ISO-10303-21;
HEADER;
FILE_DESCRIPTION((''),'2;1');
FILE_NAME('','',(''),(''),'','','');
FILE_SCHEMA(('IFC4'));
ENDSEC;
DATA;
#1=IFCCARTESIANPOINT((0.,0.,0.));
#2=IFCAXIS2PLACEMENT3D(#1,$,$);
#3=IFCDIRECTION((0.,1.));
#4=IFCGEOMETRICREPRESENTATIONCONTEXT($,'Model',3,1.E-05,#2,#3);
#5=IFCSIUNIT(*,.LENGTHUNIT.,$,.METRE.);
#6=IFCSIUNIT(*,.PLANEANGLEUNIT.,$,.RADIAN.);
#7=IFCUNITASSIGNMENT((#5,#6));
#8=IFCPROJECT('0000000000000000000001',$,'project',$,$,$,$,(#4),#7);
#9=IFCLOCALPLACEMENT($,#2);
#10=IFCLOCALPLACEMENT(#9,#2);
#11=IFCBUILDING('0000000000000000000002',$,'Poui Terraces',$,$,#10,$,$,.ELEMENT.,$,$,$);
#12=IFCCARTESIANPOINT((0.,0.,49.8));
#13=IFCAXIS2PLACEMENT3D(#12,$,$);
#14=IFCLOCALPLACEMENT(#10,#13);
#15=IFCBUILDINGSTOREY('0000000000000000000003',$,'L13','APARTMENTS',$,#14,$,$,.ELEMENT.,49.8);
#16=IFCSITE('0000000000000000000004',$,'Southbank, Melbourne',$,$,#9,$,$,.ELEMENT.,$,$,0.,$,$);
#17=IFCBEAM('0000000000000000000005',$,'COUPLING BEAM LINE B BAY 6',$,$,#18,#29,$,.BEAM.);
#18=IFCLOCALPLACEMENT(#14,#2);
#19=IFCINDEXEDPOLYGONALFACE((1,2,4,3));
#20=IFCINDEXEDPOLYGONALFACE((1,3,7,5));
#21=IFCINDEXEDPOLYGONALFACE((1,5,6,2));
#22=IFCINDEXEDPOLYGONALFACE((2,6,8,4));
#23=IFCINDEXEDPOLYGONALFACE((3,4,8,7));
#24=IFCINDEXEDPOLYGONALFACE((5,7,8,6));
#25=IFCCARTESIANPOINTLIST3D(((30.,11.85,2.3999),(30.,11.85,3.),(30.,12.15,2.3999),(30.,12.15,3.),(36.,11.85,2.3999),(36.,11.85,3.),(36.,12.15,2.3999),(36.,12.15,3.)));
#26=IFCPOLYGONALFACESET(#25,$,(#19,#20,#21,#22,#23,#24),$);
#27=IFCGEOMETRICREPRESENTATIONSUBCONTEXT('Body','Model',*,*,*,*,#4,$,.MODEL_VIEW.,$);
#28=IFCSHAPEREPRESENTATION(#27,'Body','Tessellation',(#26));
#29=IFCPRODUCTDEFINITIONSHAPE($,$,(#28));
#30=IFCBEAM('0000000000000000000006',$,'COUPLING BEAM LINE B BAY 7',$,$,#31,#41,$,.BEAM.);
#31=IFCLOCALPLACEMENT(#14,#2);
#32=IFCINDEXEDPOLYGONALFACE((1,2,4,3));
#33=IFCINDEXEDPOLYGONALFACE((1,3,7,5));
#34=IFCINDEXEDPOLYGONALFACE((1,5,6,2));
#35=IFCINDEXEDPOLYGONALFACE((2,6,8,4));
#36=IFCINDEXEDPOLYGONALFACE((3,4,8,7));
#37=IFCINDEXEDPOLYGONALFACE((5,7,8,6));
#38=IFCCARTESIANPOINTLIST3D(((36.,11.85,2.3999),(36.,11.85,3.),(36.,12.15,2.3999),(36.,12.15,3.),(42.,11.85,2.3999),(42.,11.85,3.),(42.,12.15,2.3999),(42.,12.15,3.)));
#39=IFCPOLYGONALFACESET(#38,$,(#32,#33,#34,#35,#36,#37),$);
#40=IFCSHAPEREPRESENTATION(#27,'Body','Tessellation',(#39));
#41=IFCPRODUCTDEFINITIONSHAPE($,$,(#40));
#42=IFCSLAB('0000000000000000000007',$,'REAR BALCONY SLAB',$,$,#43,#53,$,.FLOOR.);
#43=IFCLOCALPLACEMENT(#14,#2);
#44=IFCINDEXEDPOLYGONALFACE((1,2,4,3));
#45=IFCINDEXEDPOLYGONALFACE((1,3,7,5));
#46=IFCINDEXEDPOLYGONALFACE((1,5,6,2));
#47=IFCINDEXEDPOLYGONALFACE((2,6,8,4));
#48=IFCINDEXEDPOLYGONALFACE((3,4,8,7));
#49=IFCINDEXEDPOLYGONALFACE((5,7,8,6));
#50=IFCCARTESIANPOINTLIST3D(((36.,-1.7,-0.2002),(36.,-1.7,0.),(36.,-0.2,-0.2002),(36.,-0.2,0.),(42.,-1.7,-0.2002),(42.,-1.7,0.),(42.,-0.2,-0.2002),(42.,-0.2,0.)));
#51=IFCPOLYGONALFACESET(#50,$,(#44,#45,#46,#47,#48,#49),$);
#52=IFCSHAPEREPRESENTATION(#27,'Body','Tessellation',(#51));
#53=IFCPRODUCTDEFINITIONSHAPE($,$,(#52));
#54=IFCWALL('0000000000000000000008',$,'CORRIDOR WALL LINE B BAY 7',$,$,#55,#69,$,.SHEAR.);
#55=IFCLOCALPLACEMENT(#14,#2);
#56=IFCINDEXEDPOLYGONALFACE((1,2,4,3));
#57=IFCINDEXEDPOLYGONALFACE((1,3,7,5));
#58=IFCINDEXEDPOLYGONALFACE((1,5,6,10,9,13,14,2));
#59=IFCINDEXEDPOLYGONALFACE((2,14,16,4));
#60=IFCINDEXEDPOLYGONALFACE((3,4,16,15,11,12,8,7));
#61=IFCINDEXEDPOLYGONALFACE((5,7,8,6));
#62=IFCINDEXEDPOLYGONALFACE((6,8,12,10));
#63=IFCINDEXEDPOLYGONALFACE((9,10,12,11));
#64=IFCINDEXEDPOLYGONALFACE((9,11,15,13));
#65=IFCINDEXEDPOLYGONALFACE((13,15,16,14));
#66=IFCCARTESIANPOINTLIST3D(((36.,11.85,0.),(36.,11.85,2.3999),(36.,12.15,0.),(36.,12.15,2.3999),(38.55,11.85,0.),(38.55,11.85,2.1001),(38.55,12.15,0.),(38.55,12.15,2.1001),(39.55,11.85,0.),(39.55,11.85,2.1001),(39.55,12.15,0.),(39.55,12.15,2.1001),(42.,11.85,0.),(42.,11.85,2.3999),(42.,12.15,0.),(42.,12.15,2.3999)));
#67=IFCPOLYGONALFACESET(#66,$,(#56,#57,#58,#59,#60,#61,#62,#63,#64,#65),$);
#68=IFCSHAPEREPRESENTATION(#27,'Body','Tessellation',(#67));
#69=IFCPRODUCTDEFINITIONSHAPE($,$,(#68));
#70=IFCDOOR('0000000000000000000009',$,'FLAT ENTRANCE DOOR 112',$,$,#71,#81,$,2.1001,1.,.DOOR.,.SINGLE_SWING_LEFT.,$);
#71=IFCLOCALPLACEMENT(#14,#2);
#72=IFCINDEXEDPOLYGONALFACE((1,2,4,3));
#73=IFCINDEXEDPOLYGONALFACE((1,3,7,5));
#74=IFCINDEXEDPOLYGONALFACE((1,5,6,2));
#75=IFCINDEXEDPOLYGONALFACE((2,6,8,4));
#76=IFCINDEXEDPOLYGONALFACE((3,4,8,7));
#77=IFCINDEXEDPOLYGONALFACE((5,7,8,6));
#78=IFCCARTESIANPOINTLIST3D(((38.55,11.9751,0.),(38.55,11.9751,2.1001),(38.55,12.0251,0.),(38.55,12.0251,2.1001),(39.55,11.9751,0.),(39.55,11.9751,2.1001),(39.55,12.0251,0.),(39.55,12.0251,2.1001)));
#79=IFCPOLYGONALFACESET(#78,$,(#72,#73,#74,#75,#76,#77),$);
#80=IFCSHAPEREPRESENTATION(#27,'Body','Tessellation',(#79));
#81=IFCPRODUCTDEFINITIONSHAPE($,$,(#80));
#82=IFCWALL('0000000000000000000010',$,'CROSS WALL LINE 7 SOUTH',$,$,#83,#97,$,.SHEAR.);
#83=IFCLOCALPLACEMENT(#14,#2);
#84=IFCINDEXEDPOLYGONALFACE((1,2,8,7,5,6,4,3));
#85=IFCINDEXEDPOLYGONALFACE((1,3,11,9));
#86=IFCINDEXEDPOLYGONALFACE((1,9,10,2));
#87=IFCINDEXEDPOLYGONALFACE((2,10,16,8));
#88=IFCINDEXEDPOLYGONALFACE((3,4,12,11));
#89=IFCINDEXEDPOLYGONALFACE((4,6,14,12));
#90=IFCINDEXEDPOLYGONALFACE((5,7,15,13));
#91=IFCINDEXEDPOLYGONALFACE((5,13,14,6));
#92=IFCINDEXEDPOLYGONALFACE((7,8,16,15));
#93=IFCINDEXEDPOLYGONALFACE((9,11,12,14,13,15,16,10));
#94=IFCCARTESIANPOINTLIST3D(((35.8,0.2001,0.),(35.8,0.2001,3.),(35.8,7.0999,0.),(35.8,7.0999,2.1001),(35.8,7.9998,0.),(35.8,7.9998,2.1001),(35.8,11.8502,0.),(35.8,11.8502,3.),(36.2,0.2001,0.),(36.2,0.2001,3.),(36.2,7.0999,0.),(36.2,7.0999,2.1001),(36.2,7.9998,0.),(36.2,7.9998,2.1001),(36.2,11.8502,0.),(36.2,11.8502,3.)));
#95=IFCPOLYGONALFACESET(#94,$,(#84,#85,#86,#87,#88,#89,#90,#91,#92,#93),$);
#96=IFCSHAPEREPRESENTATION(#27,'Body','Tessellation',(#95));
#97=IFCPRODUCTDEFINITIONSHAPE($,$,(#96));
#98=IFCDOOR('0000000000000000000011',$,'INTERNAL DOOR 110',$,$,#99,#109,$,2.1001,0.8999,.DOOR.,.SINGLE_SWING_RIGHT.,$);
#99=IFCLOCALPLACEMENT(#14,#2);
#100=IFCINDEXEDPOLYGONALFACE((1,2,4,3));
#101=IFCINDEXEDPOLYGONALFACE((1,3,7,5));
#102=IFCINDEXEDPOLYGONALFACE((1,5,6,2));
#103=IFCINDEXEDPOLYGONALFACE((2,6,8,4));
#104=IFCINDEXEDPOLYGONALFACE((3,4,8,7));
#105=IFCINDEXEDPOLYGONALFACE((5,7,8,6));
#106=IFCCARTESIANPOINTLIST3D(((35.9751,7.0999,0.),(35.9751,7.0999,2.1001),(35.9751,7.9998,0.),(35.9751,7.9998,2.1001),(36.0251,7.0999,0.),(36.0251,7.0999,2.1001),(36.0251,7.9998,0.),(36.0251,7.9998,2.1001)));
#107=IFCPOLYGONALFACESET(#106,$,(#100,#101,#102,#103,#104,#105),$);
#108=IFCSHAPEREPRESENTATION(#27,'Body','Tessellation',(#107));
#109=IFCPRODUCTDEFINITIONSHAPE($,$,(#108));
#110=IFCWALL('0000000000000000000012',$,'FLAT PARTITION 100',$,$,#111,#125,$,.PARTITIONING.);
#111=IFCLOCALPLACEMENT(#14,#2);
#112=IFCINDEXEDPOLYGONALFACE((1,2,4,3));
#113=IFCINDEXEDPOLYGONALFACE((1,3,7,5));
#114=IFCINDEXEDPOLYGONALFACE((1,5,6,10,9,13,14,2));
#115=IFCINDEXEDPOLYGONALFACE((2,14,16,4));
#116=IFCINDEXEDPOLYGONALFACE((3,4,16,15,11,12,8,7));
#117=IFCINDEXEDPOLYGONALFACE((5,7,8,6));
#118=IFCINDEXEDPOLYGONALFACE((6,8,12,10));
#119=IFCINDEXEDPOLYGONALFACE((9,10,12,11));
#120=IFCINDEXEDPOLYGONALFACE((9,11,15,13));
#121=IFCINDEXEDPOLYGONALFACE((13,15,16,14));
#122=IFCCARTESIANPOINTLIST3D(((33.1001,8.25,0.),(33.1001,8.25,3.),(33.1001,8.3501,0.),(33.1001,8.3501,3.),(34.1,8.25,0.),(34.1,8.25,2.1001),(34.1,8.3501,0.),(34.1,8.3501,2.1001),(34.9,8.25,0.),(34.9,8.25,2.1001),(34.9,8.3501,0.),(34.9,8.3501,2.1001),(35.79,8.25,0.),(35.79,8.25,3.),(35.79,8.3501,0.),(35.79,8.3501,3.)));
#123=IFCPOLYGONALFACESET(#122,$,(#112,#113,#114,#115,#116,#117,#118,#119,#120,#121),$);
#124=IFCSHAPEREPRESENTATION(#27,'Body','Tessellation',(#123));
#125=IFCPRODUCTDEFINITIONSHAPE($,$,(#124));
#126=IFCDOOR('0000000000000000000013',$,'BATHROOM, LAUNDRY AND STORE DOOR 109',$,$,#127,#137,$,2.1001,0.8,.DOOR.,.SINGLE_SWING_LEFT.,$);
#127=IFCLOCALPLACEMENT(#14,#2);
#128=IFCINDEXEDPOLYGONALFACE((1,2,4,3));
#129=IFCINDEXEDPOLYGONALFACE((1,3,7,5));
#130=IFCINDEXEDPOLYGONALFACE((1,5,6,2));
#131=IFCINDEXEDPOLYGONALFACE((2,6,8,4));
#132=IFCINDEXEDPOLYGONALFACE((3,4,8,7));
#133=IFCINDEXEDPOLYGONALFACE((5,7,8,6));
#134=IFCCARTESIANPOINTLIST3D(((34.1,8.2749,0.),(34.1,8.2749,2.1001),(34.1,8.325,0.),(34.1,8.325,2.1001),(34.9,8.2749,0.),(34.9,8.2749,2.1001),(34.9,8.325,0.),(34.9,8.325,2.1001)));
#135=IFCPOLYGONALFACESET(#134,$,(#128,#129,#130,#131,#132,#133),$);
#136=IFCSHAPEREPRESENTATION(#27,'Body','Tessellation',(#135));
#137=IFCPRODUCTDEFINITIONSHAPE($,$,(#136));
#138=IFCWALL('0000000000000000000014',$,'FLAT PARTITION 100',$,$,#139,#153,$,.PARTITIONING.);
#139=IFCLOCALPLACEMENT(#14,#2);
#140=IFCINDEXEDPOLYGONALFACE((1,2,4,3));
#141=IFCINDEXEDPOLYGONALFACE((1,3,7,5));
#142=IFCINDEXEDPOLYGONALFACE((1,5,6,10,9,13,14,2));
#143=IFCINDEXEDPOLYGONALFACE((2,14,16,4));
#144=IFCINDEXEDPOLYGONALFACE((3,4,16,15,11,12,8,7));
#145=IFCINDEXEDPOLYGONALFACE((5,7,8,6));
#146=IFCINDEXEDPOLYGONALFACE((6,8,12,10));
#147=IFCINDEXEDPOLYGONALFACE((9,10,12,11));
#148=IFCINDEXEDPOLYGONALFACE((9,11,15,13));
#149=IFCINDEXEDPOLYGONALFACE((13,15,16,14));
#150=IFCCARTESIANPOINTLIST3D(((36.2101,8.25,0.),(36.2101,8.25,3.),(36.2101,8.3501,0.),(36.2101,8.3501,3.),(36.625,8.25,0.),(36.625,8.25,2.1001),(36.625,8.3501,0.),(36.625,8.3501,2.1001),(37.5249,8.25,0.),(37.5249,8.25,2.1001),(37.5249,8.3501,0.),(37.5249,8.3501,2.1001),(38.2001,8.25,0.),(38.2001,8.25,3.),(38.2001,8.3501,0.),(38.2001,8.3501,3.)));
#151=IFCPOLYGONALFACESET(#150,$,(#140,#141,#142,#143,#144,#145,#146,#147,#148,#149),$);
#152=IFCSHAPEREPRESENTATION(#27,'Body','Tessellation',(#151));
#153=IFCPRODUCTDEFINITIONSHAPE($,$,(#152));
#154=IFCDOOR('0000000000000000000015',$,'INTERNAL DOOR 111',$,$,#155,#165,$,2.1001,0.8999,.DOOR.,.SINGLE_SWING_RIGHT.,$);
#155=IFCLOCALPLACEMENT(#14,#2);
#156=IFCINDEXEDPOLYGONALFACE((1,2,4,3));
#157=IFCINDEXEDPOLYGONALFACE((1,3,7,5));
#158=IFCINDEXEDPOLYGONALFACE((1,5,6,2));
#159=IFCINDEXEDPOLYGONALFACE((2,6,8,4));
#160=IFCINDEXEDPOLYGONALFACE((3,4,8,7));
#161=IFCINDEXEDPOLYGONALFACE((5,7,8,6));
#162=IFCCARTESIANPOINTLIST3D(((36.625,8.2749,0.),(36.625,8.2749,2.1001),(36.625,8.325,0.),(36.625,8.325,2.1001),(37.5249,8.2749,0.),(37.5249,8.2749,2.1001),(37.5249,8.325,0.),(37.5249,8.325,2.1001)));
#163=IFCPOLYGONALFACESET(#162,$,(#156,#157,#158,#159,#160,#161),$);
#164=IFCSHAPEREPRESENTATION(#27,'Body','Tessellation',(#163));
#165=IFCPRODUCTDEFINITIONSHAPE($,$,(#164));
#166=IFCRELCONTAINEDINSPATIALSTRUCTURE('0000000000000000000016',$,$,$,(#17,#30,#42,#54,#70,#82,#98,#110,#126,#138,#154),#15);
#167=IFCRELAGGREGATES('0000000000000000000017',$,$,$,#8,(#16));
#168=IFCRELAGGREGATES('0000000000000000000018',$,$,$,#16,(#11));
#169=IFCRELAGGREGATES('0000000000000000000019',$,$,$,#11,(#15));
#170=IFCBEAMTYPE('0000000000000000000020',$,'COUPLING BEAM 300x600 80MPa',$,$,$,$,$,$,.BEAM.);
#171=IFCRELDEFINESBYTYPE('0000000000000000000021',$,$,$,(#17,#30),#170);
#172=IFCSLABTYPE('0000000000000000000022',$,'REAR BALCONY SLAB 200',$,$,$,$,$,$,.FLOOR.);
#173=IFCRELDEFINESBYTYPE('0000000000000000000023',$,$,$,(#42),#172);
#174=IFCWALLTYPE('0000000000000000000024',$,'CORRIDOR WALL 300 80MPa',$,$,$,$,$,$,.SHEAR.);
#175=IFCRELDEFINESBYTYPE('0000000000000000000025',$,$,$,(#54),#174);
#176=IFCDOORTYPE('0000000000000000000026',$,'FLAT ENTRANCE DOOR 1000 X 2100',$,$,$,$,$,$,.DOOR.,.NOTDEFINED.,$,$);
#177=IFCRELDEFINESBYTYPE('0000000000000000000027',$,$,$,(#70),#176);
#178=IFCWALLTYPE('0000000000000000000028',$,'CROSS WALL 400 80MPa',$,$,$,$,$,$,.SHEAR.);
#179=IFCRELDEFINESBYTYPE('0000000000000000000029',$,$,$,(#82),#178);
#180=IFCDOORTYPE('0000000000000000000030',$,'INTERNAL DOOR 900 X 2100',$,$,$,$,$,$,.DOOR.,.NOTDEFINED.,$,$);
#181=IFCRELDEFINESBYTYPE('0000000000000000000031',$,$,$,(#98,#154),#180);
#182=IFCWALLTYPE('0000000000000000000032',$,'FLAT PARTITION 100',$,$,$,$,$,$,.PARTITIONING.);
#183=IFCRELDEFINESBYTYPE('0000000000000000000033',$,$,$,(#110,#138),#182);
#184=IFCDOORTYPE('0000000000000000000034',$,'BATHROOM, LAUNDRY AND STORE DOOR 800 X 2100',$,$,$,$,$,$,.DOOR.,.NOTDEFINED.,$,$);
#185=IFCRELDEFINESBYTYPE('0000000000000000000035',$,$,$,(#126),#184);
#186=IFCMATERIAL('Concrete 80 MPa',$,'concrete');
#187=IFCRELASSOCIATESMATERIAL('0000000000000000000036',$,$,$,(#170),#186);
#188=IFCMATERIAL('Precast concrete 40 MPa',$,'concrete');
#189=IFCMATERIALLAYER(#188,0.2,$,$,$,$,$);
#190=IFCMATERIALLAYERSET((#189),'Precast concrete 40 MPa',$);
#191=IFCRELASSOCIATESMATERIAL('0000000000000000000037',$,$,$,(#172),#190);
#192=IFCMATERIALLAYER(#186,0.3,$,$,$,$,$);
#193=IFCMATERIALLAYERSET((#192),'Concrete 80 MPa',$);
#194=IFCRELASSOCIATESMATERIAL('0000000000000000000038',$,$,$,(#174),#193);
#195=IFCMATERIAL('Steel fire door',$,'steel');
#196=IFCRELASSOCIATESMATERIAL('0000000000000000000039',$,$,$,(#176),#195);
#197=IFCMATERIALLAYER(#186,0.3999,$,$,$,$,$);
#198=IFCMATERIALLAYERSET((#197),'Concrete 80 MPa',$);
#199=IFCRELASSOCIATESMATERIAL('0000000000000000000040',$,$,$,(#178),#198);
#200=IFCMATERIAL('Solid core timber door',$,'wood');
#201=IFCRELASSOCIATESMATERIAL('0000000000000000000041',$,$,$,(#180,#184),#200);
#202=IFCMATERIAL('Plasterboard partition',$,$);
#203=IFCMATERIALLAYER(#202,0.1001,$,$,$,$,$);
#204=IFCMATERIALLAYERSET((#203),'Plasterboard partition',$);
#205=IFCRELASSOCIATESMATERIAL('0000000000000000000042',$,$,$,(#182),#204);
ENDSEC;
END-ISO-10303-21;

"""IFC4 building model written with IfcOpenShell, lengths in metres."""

from ifc_helpers import new_model, si_unit, direction, frame, frame_2d, origin, origin_2d, place, context, subcontext, project, spatial, polyline, rectangle, outline, extrude, source, transform, mapped, material, layer, layer_set, material_profile, profile_set, type_object, element, fill, save


model = new_model("IFC4")

# Units and contexts
model_context = context("Model", 3, precision=1e-05, world=origin(), true_north=direction((0.0, 1.0)))
body_context = subcontext(model_context, "Body", "Model", "MODEL_VIEW")
ifc_project = project(units=[si_unit("LENGTHUNIT", "METRE"), si_unit("PLANEANGLEUNIT", "RADIAN")], contexts=[model_context])

# Site, building, storey
site_placement = place(None, origin())
site = spatial("IfcSite", under=ifc_project, at=site_placement, Name="Southbank, Melbourne", CompositionType="ELEMENT", RefElevation=0.0)
building_placement = place(site_placement, origin())
building = spatial("IfcBuilding", under=site, at=building_placement, Name="Poui Terraces", CompositionType="ELEMENT")
storey_placement = place(building_placement, frame((0.0, 0.0, 49.8)))
storey = spatial("IfcBuildingStorey", under=building, at=storey_placement, Name="L13", Description="APARTMENTS", CompositionType="ELEMENT", Elevation=49.8)

# Beams
ifc_material_1 = material(Name="Concrete 80 MPa", Category="concrete")
ifc_material_profile = material_profile(ifc_material_1, rectangle(XDim=0.3, YDim=0.6001, at=origin_2d()), Name="RC 300x600")
ifc_profile_set = profile_set([ifc_material_profile], Name="Concrete 80 MPa")
beam_type = type_object("IfcBeamType", Name="COUPLING BEAM 300x600 80MPa", PredefinedType="BEAM", material=ifc_profile_set)
shared_shape_1 = source(origin(), body_context, "Body", "SweptSolid", [
    extrude(rectangle(XDim=0.3, YDim=0.6001, at=origin_2d()), origin(), (0.0, 0.0, 1.0), 6.0),
])
for number, where, z_axis, x_axis, name in (
    (1, (30.0, 12.0, 2.7), (1.0, 0.0, 0.0), (0.0, 1.0, 0.0), "COUPLING BEAM LINE B BAY 6"),
    (2, (36.0, 12.0, 2.7), (1.0, 0.0, 0.0), (0.0, 1.0, 0.0), "COUPLING BEAM LINE B BAY 7"),
):
    element("IfcBeam", number, at=place(storey_placement, frame(where, z_axis=z_axis, x_axis=x_axis)), inside=storey, type_object=beam_type, Name=name, PredefinedType="BEAM", context=body_context, shape_type="MappedRepresentation", body=[
        mapped(shared_shape_1, transform((0.0, 0.0, 0.0))),
    ])

# Slab
ifc_material_2 = material(Name="Precast concrete 40 MPa", Category="concrete")
ifc_layer_1 = layer(ifc_material_2, 0.2)
ifc_layer_set_1 = layer_set([ifc_layer_1], Name="Precast concrete 40 MPa")
slab_type = type_object("IfcSlabType", Name="REAR BALCONY SLAB 200", PredefinedType="FLOOR", material=ifc_layer_set_1)
shared_shape_2 = source(origin(), body_context, "Body", "SweptSolid", [
    extrude(outline(polyline([(0.0, 0.0), (6.0, 0.0), (6.0, 1.5), (0.0, 1.5), (0.0, 0.0)])), origin(), (0.0, 0.0, 1.0), 0.2002),
])
slab_placement = place(storey_placement, frame((36.0, -1.7, -0.2002)))
element("IfcSlab", 3, at=slab_placement, inside=storey, type_object=slab_type, Name="REAR BALCONY SLAB", PredefinedType="FLOOR", context=body_context, shape_type="MappedRepresentation", body=[
    mapped(shared_shape_2, transform((0.0, 0.0, 0.0))),
])

# Walls, openings, doors
ifc_layer_2 = layer(ifc_material_1, 0.3)
ifc_layer_set_2 = layer_set([ifc_layer_2], Name="Concrete 80 MPa")
wall_type_1 = type_object("IfcWallType", Name="CORRIDOR WALL 300 80MPa", PredefinedType="SHEAR", material=ifc_layer_set_2)
wall_1_placement = place(storey_placement, frame((36.0, 12.0, 0.0), z_axis=(0.0, 0.0, 1.0), x_axis=(1.0, 0.0, 0.0)))
wall_1 = element("IfcWall", 4, at=wall_1_placement, inside=storey, type_object=wall_type_1, Name="CORRIDOR WALL LINE B BAY 7", PredefinedType="SHEAR", context=body_context, shape_type="SweptSolid", body=[
    extrude(rectangle(XDim=6.0, YDim=0.3, at=frame_2d((3.0, 0.0))), origin(), (0.0, 0.0, 1.0), 2.3999),
])
opening_1_placement = place(wall_1_placement, frame((2.55, 0.0, 0.0)))
opening_1 = element("IfcOpeningElement", 5, at=opening_1_placement, cuts=wall_1, PredefinedType="OPENING", context=body_context, shape_type="SweptSolid", body=[
    extrude(rectangle(XDim=1.0, YDim=2.1001, at=frame_2d((0.5, 1.05))), frame((0.0, 0.1602, 0.0), z_axis=(0.0, -1.0, 0.0), x_axis=(1.0, 0.0, 0.0)), (0.0, 0.0, 1.0), 0.3201),
])
ifc_material_3 = material(Name="Steel fire door", Category="steel")
door_type_1 = type_object("IfcDoorType", Name="FLAT ENTRANCE DOOR 1000 X 2100", OperationType="NOTDEFINED", PredefinedType="DOOR", material=ifc_material_3)
door_1_placement = place(opening_1_placement, frame((1.0, 0.0, 0.0), z_axis=(0.0, 0.0, 1.0), x_axis=(-1.0, 0.0, 0.0)))
door_1 = element("IfcDoor", 6, at=door_1_placement, inside=storey, type_object=door_type_1, Name="FLAT ENTRANCE DOOR 112", OperationType="SINGLE_SWING_LEFT", OverallHeight=2.1001, OverallWidth=1.0, PredefinedType="DOOR", context=body_context, shape_type="SweptSolid", body=[
    extrude(rectangle(XDim=1.0, YDim=2.1001, at=frame_2d((0.5, 1.05))), frame((0.0, 0.0249, 0.0), z_axis=(0.0, -1.0, 0.0), x_axis=(1.0, 0.0, 0.0)), (0.0, 0.0, 1.0), 0.05),
])
fill(opening_1, door_1)
ifc_layer_3 = layer(ifc_material_1, 0.3999)
ifc_layer_set_3 = layer_set([ifc_layer_3], Name="Concrete 80 MPa")
wall_type_2 = type_object("IfcWallType", Name="CROSS WALL 400 80MPa", PredefinedType="SHEAR", material=ifc_layer_set_3)
wall_2_placement = place(storey_placement, frame((36.0, 0.2, 0.0), z_axis=(0.0, 0.0, 1.0), x_axis=(0.0, 1.0, 0.0)))
wall_2 = element("IfcWall", 7, at=wall_2_placement, inside=storey, type_object=wall_type_2, Name="CROSS WALL LINE 7 SOUTH", PredefinedType="SHEAR", context=body_context, shape_type="SweptSolid", body=[
    extrude(rectangle(XDim=11.6501, YDim=0.3999, at=frame_2d((5.8252, 0.0))), origin(), (0.0, 0.0, 1.0), 3.0),
])
opening_2_placement = place(wall_2_placement, frame((6.8999, 0.0, 0.0)))
opening_2 = element("IfcOpeningElement", 8, at=opening_2_placement, cuts=wall_2, PredefinedType="OPENING", context=body_context, shape_type="SweptSolid", body=[
    extrude(rectangle(XDim=0.8999, YDim=2.1001, at=frame_2d((0.45, 1.05))), frame((0.0, 0.21, 0.0), z_axis=(0.0, -1.0, 0.0), x_axis=(1.0, 0.0, 0.0)), (0.0, 0.0, 1.0), 0.4199),
])
ifc_material_4 = material(Name="Solid core timber door", Category="wood")
door_type_2 = type_object("IfcDoorType", Name="INTERNAL DOOR 900 X 2100", OperationType="NOTDEFINED", PredefinedType="DOOR", material=ifc_material_4)
door_2_placement = place(opening_2_placement, origin())
door_2 = element("IfcDoor", 9, at=door_2_placement, inside=storey, type_object=door_type_2, Name="INTERNAL DOOR 110", OperationType="SINGLE_SWING_RIGHT", OverallHeight=2.1001, OverallWidth=0.8999, PredefinedType="DOOR", context=body_context, shape_type="SweptSolid", body=[
    extrude(rectangle(XDim=0.8999, YDim=2.1001, at=frame_2d((0.45, 1.05))), frame((0.0, 0.0249, 0.0), z_axis=(0.0, -1.0, 0.0), x_axis=(1.0, 0.0, 0.0)), (0.0, 0.0, 1.0), 0.05),
])
fill(opening_2, door_2)
ifc_material_5 = material(Name="Plasterboard partition")
ifc_layer_4 = layer(ifc_material_5, 0.1001)
ifc_layer_set_4 = layer_set([ifc_layer_4], Name="Plasterboard partition")
wall_type_3 = type_object("IfcWallType", Name="FLAT PARTITION 100", PredefinedType="PARTITIONING", material=ifc_layer_set_4)
wall_3_placement = place(storey_placement, frame((33.1001, 8.3, 0.0), z_axis=(0.0, 0.0, 1.0), x_axis=(1.0, 0.0, 0.0)))
wall_3 = element("IfcWall", 10, at=wall_3_placement, inside=storey, type_object=wall_type_3, Name="FLAT PARTITION 100", PredefinedType="PARTITIONING", context=body_context, shape_type="SweptSolid", body=[
    extrude(rectangle(XDim=2.6899, YDim=0.1001, at=frame_2d((1.345, 0.0))), origin(), (0.0, 0.0, 1.0), 3.0),
])
opening_3_placement = place(wall_3_placement, frame((1.0, 0.0, 0.0)))
opening_3 = element("IfcOpeningElement", 11, at=opening_3_placement, cuts=wall_3, PredefinedType="OPENING", context=body_context, shape_type="SweptSolid", body=[
    extrude(rectangle(XDim=0.8, YDim=2.1001, at=frame_2d((0.3999, 1.05))), frame((0.0, 0.0601, 0.0), z_axis=(0.0, -1.0, 0.0), x_axis=(1.0, 0.0, 0.0)), (0.0, 0.0, 1.0), 0.1201),
])
door_type_3 = type_object("IfcDoorType", Name="BATHROOM, LAUNDRY AND STORE DOOR 800 X 2100", OperationType="NOTDEFINED", PredefinedType="DOOR", material=ifc_material_4)
door_3_placement = place(opening_3_placement, origin())
door_3 = element("IfcDoor", 12, at=door_3_placement, inside=storey, type_object=door_type_3, Name="BATHROOM, LAUNDRY AND STORE DOOR 109", OperationType="SINGLE_SWING_LEFT", OverallHeight=2.1001, OverallWidth=0.8, PredefinedType="DOOR", context=body_context, shape_type="SweptSolid", body=[
    extrude(rectangle(XDim=0.8, YDim=2.1001, at=frame_2d((0.3999, 1.05))), frame((0.0, 0.0249, 0.0), z_axis=(0.0, -1.0, 0.0), x_axis=(1.0, 0.0, 0.0)), (0.0, 0.0, 1.0), 0.05),
])
fill(opening_3, door_3)
wall_4_placement = place(storey_placement, frame((36.21, 8.3, 0.0), z_axis=(0.0, 0.0, 1.0), x_axis=(1.0, 0.0, 0.0)))
wall_4 = element("IfcWall", 13, at=wall_4_placement, inside=storey, type_object=wall_type_3, Name="FLAT PARTITION 100", PredefinedType="PARTITIONING", context=body_context, shape_type="SweptSolid", body=[
    extrude(rectangle(XDim=1.99, YDim=0.1001, at=frame_2d((0.9951, 0.0))), origin(), (0.0, 0.0, 1.0), 3.0),
])
opening_4_placement = place(wall_4_placement, frame((0.415, 0.0, 0.0)))
opening_4 = element("IfcOpeningElement", 14, at=opening_4_placement, cuts=wall_4, PredefinedType="OPENING", context=body_context, shape_type="SweptSolid", body=[
    extrude(rectangle(XDim=0.8999, YDim=2.1001, at=frame_2d((0.45, 1.05))), frame((0.0, 0.0601, 0.0), z_axis=(0.0, -1.0, 0.0), x_axis=(1.0, 0.0, 0.0)), (0.0, 0.0, 1.0), 0.1201),
])
door_4_placement = place(opening_4_placement, origin())
door_4 = element("IfcDoor", 15, at=door_4_placement, inside=storey, type_object=door_type_2, Name="INTERNAL DOOR 111", OperationType="SINGLE_SWING_RIGHT", OverallHeight=2.1001, OverallWidth=0.8999, PredefinedType="DOOR", context=body_context, shape_type="SweptSolid", body=[
    extrude(rectangle(XDim=0.8999, YDim=2.1001, at=frame_2d((0.45, 1.05))), frame((0.0, 0.0249, 0.0), z_axis=(0.0, -1.0, 0.0), x_axis=(1.0, 0.0, 0.0)), (0.0, 0.0, 1.0), 0.05),
])
fill(opening_4, door_4)

save(model, "model.ifc")
